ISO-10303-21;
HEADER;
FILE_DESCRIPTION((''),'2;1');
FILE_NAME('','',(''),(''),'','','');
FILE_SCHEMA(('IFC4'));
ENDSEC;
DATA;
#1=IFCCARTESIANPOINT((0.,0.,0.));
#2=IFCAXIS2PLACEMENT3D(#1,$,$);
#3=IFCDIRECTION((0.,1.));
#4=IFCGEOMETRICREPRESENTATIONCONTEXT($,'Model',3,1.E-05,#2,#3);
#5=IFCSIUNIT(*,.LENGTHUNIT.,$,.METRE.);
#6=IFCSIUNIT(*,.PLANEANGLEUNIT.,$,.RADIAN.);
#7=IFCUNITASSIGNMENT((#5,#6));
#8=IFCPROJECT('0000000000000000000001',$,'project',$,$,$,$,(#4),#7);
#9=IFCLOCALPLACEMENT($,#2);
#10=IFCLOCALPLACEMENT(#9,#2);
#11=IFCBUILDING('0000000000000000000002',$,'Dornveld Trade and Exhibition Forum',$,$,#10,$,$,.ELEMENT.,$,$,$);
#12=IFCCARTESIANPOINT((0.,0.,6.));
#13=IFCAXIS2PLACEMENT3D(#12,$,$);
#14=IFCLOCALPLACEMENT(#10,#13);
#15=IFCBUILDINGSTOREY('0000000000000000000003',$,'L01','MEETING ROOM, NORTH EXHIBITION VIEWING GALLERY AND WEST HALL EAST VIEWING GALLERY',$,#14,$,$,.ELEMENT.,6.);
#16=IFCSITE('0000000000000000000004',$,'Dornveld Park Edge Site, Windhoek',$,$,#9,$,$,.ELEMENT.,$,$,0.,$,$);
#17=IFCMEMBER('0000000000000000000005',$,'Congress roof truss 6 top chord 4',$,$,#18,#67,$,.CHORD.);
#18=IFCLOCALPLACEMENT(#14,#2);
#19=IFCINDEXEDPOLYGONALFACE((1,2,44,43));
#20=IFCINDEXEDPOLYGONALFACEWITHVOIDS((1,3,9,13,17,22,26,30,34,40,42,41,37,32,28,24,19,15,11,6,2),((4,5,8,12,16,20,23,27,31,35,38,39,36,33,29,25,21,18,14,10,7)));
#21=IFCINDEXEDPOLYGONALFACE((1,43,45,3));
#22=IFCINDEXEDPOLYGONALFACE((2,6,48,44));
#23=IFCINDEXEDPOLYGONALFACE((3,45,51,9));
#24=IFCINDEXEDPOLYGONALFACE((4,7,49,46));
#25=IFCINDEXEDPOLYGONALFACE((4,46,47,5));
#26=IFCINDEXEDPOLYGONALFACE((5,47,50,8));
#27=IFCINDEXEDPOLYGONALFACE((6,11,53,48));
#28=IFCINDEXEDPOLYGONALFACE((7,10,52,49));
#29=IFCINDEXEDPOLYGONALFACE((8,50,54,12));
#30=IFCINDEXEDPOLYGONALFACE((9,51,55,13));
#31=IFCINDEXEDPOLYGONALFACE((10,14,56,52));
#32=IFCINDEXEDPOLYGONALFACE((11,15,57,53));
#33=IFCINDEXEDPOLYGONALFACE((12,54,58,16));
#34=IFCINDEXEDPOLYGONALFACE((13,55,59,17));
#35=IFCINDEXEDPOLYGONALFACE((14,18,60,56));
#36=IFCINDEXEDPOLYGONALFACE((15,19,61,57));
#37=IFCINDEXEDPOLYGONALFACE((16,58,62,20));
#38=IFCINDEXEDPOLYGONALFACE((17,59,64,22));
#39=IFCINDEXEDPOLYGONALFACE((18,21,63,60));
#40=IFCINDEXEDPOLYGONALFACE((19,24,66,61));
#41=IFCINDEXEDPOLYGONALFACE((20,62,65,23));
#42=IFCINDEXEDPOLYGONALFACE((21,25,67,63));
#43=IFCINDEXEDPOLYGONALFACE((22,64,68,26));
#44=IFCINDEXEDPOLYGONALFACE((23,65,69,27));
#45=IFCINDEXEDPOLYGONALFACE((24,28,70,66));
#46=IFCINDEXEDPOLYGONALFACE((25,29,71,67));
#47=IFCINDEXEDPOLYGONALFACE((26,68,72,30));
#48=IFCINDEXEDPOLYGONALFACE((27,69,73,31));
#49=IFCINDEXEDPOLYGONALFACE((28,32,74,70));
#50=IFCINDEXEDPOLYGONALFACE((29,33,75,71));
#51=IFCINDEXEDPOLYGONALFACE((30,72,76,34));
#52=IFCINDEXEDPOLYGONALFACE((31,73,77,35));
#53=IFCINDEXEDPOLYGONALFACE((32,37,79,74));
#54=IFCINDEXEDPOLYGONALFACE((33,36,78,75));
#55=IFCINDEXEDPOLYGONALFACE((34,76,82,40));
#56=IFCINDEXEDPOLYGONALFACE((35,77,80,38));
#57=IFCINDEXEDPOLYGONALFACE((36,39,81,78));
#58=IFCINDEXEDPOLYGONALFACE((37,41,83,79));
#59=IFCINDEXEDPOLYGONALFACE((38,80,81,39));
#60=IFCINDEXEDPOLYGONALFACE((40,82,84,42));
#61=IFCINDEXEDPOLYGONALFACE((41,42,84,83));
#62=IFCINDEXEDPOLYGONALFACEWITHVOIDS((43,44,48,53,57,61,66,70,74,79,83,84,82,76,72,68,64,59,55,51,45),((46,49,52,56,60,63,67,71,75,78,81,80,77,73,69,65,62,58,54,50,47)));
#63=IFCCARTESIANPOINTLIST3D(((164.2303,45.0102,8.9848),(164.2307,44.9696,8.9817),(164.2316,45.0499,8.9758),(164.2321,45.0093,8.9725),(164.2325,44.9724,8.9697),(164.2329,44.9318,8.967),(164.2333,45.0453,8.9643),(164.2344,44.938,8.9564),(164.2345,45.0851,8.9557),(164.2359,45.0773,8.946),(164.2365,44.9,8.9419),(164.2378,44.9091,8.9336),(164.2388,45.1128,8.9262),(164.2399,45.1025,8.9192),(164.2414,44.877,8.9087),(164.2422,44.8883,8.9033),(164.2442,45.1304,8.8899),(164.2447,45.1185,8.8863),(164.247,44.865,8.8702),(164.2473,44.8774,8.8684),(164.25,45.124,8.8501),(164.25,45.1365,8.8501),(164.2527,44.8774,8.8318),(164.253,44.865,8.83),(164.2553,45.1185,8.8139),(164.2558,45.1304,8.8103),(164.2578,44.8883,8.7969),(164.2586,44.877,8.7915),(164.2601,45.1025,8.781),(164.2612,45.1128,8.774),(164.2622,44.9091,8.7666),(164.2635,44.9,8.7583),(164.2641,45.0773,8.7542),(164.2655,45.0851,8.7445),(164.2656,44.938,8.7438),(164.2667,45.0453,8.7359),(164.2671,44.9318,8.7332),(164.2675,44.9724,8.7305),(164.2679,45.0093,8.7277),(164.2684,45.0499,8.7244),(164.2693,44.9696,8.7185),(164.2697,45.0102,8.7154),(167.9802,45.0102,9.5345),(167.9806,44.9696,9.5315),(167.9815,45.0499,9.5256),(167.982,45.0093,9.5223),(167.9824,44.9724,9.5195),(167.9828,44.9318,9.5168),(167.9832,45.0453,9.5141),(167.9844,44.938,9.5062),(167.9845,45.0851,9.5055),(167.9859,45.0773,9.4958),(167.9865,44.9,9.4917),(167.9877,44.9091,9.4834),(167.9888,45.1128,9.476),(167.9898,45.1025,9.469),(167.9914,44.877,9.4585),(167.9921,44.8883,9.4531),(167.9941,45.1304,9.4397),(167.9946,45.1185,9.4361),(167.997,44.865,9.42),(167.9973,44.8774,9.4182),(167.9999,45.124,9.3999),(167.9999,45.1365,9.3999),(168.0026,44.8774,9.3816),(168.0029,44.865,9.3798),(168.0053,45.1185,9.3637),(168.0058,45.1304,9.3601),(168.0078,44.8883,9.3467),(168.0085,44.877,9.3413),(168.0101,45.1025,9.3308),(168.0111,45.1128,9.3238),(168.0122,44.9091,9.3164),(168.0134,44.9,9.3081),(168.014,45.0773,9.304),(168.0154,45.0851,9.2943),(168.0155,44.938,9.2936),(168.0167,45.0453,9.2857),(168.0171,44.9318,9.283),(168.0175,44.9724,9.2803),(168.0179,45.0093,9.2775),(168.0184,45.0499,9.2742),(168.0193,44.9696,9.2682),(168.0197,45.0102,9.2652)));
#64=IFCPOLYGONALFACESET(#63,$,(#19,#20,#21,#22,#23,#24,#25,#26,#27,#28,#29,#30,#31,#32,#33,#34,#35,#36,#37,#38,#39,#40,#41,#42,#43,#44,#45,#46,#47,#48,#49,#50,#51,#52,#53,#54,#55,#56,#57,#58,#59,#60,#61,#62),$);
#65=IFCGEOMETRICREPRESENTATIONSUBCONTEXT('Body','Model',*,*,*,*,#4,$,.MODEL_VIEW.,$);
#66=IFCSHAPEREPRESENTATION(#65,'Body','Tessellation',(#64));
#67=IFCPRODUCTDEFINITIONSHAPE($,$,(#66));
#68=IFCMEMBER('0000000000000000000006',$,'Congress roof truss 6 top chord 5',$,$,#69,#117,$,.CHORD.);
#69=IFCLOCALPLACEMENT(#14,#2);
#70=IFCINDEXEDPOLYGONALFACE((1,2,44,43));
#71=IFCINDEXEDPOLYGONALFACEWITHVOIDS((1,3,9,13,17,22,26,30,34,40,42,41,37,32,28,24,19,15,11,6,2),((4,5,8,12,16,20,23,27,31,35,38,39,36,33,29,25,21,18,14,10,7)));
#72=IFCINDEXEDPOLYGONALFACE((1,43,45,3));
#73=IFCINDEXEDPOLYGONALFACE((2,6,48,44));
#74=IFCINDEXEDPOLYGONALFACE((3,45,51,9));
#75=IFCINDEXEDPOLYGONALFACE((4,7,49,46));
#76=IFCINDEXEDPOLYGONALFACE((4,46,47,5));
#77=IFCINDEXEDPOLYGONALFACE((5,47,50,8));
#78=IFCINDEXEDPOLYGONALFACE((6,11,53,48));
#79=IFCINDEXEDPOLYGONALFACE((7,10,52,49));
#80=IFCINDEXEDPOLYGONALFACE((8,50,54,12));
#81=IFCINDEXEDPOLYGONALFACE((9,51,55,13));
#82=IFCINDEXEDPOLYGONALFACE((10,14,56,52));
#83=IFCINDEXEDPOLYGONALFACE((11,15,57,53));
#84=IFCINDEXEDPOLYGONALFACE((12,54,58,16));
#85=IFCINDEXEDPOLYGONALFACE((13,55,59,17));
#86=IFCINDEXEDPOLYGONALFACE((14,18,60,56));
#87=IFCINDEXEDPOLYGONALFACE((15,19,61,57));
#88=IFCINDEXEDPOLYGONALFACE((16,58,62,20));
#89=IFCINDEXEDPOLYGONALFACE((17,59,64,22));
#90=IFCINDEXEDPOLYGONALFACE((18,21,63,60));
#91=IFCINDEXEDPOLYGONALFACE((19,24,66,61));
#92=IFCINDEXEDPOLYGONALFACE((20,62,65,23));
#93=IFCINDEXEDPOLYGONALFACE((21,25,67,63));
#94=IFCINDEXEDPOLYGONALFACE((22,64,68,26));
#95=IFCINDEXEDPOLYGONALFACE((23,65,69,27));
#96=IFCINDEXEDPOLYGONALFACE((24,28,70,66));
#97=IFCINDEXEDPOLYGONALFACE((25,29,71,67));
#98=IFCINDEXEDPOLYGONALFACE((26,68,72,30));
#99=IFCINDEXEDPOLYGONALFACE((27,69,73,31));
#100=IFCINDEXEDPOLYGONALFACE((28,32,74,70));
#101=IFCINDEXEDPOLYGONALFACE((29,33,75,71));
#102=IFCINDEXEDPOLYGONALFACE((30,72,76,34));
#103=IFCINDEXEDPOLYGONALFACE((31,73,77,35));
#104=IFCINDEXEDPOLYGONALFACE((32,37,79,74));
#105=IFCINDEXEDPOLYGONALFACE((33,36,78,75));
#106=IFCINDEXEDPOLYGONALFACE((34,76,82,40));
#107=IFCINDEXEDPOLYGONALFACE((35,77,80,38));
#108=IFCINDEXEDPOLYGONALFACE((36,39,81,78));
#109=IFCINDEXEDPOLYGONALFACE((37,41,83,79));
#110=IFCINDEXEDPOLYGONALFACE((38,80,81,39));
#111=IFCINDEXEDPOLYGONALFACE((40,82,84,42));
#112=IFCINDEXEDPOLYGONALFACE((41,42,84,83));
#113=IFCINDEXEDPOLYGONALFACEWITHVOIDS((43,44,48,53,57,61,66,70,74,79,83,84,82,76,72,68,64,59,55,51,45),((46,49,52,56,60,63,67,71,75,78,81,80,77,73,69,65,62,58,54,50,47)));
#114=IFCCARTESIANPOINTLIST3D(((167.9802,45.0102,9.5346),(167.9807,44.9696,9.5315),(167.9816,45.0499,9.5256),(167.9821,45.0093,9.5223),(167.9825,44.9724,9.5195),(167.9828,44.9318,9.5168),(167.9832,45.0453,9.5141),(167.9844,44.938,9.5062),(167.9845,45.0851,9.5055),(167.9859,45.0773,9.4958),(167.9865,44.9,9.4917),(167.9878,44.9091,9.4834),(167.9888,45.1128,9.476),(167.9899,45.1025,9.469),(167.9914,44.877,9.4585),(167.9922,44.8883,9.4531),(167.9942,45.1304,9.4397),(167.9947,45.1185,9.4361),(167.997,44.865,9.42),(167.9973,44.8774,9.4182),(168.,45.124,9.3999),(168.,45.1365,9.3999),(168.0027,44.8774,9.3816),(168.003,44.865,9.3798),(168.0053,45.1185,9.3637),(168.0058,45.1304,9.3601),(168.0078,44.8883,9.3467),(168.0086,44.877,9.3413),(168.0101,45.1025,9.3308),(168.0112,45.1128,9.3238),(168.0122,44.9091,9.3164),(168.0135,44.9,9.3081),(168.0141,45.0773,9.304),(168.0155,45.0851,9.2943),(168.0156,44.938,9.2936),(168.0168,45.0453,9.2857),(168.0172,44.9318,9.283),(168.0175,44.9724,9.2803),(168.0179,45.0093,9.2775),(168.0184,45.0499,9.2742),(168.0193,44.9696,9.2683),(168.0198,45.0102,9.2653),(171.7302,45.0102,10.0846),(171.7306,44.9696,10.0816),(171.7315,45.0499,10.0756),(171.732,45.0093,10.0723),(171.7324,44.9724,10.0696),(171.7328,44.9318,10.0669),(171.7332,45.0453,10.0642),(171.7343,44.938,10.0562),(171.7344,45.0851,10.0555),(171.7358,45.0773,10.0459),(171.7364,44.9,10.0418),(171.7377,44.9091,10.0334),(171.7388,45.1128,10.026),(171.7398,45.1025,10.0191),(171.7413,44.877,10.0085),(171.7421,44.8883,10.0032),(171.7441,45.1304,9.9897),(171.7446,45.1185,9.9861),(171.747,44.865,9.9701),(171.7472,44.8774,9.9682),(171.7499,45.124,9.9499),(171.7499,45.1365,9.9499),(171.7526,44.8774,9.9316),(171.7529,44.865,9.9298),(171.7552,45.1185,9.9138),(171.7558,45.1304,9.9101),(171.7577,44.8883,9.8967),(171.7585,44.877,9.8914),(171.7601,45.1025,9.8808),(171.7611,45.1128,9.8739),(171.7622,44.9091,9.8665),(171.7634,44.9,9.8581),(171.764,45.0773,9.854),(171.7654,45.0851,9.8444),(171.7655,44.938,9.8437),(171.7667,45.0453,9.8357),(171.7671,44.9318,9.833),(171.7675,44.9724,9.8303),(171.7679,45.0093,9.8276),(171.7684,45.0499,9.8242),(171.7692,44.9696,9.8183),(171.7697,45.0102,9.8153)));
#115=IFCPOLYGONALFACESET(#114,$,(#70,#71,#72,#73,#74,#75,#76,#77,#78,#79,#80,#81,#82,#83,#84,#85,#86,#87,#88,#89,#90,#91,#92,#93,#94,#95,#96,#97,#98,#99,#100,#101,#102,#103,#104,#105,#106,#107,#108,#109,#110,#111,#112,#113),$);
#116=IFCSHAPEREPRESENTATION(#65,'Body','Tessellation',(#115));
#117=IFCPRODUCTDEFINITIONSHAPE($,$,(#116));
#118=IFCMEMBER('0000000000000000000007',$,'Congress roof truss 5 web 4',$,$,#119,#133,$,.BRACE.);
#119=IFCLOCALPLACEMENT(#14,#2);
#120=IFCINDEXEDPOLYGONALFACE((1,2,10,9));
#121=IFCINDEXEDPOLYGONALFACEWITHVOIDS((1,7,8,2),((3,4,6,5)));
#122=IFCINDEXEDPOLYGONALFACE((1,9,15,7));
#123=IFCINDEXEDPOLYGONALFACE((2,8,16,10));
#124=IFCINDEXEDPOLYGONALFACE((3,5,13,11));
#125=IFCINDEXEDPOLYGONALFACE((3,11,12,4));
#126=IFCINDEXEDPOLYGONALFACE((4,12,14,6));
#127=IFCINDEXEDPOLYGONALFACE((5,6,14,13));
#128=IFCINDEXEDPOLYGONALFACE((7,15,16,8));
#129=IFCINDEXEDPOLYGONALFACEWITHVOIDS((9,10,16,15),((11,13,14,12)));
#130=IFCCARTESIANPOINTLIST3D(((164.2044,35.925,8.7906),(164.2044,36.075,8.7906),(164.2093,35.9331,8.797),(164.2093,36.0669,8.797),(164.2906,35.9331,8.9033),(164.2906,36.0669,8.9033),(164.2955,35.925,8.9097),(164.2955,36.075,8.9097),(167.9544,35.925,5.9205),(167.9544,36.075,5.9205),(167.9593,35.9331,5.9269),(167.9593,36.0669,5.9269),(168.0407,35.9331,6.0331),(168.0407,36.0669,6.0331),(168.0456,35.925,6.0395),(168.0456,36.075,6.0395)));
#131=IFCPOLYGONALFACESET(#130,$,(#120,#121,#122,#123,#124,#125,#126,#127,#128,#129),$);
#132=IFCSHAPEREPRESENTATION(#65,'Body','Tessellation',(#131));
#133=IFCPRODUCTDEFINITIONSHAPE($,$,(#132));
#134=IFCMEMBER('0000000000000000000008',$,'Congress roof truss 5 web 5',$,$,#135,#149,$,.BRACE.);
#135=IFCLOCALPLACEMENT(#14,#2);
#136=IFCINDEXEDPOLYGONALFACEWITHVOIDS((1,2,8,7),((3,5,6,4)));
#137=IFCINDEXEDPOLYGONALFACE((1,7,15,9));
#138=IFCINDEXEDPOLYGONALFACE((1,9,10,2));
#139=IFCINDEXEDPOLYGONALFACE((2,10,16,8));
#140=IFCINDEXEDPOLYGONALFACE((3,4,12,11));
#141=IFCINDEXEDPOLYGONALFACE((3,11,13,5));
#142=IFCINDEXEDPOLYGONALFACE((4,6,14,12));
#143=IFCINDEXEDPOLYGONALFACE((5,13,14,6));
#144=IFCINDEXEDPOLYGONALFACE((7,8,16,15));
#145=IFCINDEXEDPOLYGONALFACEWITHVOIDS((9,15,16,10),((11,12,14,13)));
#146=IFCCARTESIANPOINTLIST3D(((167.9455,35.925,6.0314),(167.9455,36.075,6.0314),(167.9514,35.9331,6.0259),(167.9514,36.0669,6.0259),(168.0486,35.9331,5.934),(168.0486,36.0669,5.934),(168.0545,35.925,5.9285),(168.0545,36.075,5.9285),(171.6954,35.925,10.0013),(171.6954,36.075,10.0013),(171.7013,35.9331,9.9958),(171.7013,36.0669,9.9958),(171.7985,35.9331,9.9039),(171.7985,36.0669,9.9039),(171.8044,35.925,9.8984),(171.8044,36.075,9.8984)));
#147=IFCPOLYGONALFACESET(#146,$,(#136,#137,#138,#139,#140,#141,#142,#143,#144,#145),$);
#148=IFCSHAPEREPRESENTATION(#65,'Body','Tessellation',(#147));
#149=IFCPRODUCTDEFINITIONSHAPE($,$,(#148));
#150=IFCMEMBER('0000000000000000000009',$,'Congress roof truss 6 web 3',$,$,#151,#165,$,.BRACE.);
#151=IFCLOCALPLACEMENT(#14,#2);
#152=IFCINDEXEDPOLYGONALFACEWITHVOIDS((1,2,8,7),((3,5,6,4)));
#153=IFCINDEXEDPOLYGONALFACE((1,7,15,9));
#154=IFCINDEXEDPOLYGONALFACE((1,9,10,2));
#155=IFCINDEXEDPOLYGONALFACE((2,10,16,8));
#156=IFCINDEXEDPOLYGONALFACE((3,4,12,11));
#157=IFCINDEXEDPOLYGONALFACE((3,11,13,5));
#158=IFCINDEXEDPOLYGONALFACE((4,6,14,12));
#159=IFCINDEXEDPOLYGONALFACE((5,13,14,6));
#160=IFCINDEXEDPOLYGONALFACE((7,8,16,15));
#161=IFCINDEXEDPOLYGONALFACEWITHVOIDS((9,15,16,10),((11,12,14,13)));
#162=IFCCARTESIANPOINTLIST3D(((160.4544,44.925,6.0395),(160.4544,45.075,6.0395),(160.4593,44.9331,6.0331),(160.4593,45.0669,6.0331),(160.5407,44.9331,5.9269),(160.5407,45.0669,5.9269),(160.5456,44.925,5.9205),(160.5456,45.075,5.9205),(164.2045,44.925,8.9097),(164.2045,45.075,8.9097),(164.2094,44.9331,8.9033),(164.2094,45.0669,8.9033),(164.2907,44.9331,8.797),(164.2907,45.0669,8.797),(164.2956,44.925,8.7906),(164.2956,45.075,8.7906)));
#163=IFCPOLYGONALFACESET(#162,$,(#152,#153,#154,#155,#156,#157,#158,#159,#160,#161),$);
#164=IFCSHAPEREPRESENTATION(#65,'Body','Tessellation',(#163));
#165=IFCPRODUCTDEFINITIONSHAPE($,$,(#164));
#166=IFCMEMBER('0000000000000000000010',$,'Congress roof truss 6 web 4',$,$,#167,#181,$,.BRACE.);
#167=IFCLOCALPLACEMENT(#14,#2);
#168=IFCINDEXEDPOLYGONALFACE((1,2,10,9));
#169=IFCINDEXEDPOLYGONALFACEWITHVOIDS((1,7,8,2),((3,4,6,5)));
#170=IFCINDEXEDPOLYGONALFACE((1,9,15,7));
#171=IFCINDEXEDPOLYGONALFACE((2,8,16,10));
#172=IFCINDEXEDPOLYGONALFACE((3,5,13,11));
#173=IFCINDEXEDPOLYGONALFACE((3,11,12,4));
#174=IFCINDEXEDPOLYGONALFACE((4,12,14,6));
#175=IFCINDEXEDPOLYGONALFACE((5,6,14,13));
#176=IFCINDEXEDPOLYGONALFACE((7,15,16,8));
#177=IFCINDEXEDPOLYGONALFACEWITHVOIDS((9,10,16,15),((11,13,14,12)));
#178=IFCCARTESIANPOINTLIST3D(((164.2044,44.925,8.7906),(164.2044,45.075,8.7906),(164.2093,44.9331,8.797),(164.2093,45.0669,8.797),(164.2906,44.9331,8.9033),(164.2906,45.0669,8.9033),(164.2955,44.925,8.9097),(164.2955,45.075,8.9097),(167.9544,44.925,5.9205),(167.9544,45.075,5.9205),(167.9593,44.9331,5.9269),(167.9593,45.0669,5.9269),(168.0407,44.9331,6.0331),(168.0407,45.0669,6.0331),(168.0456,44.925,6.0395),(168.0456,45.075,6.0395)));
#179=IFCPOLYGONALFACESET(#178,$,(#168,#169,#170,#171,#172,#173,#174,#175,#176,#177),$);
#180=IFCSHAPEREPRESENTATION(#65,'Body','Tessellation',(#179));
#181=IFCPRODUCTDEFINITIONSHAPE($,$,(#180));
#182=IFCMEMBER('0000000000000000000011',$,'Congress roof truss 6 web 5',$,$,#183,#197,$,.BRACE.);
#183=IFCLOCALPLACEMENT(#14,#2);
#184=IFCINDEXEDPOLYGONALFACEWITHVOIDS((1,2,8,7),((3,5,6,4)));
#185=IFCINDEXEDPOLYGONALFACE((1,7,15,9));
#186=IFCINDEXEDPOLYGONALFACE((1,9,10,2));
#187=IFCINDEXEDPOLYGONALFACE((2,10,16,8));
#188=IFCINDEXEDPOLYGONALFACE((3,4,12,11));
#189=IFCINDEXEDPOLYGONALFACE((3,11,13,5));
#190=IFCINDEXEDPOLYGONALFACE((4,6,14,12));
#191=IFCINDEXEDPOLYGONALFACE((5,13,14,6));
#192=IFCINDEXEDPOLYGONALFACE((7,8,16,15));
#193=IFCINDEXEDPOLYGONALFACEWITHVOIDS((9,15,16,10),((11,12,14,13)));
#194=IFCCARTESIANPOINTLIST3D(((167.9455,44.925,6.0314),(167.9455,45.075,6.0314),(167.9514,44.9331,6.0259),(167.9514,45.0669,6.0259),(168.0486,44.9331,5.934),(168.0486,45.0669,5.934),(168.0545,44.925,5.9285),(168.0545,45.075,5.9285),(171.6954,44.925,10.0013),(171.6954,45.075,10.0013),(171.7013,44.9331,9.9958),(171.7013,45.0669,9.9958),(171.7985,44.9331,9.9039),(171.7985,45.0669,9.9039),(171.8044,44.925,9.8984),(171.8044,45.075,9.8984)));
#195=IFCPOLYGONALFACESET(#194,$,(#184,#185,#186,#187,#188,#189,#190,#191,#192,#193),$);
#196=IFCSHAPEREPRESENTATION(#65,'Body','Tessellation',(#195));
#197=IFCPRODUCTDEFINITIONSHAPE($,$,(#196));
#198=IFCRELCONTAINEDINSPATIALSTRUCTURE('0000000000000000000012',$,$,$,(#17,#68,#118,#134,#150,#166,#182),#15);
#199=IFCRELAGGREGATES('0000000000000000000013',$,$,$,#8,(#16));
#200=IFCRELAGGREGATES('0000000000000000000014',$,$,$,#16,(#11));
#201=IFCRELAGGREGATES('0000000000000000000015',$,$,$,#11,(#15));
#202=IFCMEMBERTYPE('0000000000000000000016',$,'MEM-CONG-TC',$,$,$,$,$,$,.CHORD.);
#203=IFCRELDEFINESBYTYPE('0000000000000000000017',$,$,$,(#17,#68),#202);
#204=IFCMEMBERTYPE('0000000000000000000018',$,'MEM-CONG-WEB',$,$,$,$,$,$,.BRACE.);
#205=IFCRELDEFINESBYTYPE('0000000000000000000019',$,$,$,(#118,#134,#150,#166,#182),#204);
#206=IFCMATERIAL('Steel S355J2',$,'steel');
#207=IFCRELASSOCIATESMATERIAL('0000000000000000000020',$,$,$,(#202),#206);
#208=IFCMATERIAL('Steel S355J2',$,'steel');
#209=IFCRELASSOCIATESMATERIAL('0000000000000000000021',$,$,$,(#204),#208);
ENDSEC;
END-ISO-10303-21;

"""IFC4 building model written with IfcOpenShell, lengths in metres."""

from ifc_helpers import new_model, si_unit, direction, frame, origin, origin_2d, place, context, subcontext, project, spatial, hollow_rectangle, hollow_circle, extrude, material, material_profile, profile_set, type_object, element, save


model = new_model("IFC4")

# Units and contexts
model_context = context("Model", 3, precision=1e-05, world=origin(), true_north=direction((0.0, 1.0)))
body_context = subcontext(model_context, "Body", "Model", "MODEL_VIEW")
ifc_project = project(units=[si_unit("LENGTHUNIT", "METRE"), si_unit("PLANEANGLEUNIT", "RADIAN")], contexts=[model_context])

# Site, building, storey
site_placement = place(None, origin())
site = spatial("IfcSite", under=ifc_project, at=site_placement, Name="Dornveld Park Edge Site, Windhoek", CompositionType="ELEMENT", RefElevation=0.0)
building_placement = place(site_placement, origin())
building = spatial("IfcBuilding", under=site, at=building_placement, Name="Dornveld Trade and Exhibition Forum", CompositionType="ELEMENT")
storey_placement = place(building_placement, frame((0.0, 0.0, 6.0)))
storey = spatial("IfcBuildingStorey", under=building, at=storey_placement, Name="L01", Description="MEETING ROOM, NORTH EXHIBITION VIEWING GALLERY AND WEST HALL EAST VIEWING GALLERY", CompositionType="ELEMENT", Elevation=6.0)

# Members
ifc_material_1 = material(Name="Steel S355J2", Category="steel")
ifc_material_profile_1 = material_profile(ifc_material_1, hollow_circle(Radius=0.1365, WallThickness=0.0125, at=origin_2d()), Name="CHS 273x12.5")
ifc_profile_set_1 = profile_set([ifc_material_profile_1], Name="Steel S355J2")
member_type_1 = type_object("IfcMemberType", Name="MEM-CONG-TC", PredefinedType="CHORD", material=ifc_profile_set_1)
for number, where, z_axis, x_axis, name in (
    (1, (164.25, 45.0, 8.8501), (0.989422, 0.0, 0.145064), (0.0, 1.0, 0.0), "Congress roof truss 6 top chord 4"),
    (2, (168.0, 45.0, 9.3999), (0.989413, 0.0, 0.145127), (0.0, 1.0, 0.0), "Congress roof truss 6 top chord 5"),
):
    element("IfcMember", number, at=place(storey_placement, frame(where, z_axis=z_axis, x_axis=x_axis)), inside=storey, type_object=member_type_1, Name=name, PredefinedType="CHORD", context=body_context, shape_type="SweptSolid", body=[
        extrude(hollow_circle(Radius=0.1365, WallThickness=0.0125, at=origin_2d()), origin(), (0.0, 0.0, 1.0), 3.79),
    ])
ifc_material_2 = material(Name="Steel S355J2", Category="steel")
ifc_material_profile_2 = material_profile(ifc_material_2, hollow_rectangle(XDim=0.1499, YDim=0.1499, WallThickness=0.0081, at=origin_2d()), Name="SHS 150x150x8")
ifc_profile_set_2 = profile_set([ifc_material_profile_2], Name="Steel S355J2")
member_type_2 = type_object("IfcMemberType", Name="MEM-CONG-WEB", PredefinedType="BRACE", material=ifc_profile_set_2)
member_1_placement = place(storey_placement, frame((168.0, 36.0, 5.98), z_axis=(-0.794105, 0.0, 0.60778), x_axis=(0.0, -1.0, 0.0)))
element("IfcMember", 3, at=member_1_placement, inside=storey, type_object=member_type_2, Name="Congress roof truss 5 web 4", PredefinedType="BRACE", context=body_context, shape_type="SweptSolid", body=[
    extrude(hollow_rectangle(XDim=0.1499, YDim=0.1499, WallThickness=0.0081, at=origin_2d()), origin(), (0.0, 0.0, 1.0), 4.7224),
])
member_2_placement = place(storey_placement, frame((168.0, 36.0, 5.98), z_axis=(0.68668, 0.0, 0.72696), x_axis=(0.0, 1.0, 0.0)))
element("IfcMember", 4, at=member_2_placement, inside=storey, type_object=member_type_2, Name="Congress roof truss 5 web 5", PredefinedType="BRACE", context=body_context, shape_type="SweptSolid", body=[
    extrude(hollow_rectangle(XDim=0.1499, YDim=0.1499, WallThickness=0.0081, at=origin_2d()), origin(), (0.0, 0.0, 1.0), 5.4609),
])
for number, where, z_axis, x_axis, name in (
    (5, (160.5, 45.0, 5.98), (0.794105, 0.0, 0.60778), (0.0, 1.0, 0.0), "Congress roof truss 6 web 3"),
    (6, (168.0, 45.0, 5.98), (-0.794105, 0.0, 0.60778), (0.0, -1.0, 0.0), "Congress roof truss 6 web 4"),
):
    element("IfcMember", number, at=place(storey_placement, frame(where, z_axis=z_axis, x_axis=x_axis)), inside=storey, type_object=member_type_2, Name=name, PredefinedType="BRACE", context=body_context, shape_type="SweptSolid", body=[
        extrude(hollow_rectangle(XDim=0.1499, YDim=0.1499, WallThickness=0.0081, at=origin_2d()), origin(), (0.0, 0.0, 1.0), 4.7224),
    ])
member_3_placement = place(storey_placement, frame((168.0, 45.0, 5.98), z_axis=(0.68668, 0.0, 0.72696), x_axis=(0.0, 1.0, 0.0)))
element("IfcMember", 7, at=member_3_placement, inside=storey, type_object=member_type_2, Name="Congress roof truss 6 web 5", PredefinedType="BRACE", context=body_context, shape_type="SweptSolid", body=[
    extrude(hollow_rectangle(XDim=0.1499, YDim=0.1499, WallThickness=0.0081, at=origin_2d()), origin(), (0.0, 0.0, 1.0), 5.4609),
])

save(model, "model.ifc")
